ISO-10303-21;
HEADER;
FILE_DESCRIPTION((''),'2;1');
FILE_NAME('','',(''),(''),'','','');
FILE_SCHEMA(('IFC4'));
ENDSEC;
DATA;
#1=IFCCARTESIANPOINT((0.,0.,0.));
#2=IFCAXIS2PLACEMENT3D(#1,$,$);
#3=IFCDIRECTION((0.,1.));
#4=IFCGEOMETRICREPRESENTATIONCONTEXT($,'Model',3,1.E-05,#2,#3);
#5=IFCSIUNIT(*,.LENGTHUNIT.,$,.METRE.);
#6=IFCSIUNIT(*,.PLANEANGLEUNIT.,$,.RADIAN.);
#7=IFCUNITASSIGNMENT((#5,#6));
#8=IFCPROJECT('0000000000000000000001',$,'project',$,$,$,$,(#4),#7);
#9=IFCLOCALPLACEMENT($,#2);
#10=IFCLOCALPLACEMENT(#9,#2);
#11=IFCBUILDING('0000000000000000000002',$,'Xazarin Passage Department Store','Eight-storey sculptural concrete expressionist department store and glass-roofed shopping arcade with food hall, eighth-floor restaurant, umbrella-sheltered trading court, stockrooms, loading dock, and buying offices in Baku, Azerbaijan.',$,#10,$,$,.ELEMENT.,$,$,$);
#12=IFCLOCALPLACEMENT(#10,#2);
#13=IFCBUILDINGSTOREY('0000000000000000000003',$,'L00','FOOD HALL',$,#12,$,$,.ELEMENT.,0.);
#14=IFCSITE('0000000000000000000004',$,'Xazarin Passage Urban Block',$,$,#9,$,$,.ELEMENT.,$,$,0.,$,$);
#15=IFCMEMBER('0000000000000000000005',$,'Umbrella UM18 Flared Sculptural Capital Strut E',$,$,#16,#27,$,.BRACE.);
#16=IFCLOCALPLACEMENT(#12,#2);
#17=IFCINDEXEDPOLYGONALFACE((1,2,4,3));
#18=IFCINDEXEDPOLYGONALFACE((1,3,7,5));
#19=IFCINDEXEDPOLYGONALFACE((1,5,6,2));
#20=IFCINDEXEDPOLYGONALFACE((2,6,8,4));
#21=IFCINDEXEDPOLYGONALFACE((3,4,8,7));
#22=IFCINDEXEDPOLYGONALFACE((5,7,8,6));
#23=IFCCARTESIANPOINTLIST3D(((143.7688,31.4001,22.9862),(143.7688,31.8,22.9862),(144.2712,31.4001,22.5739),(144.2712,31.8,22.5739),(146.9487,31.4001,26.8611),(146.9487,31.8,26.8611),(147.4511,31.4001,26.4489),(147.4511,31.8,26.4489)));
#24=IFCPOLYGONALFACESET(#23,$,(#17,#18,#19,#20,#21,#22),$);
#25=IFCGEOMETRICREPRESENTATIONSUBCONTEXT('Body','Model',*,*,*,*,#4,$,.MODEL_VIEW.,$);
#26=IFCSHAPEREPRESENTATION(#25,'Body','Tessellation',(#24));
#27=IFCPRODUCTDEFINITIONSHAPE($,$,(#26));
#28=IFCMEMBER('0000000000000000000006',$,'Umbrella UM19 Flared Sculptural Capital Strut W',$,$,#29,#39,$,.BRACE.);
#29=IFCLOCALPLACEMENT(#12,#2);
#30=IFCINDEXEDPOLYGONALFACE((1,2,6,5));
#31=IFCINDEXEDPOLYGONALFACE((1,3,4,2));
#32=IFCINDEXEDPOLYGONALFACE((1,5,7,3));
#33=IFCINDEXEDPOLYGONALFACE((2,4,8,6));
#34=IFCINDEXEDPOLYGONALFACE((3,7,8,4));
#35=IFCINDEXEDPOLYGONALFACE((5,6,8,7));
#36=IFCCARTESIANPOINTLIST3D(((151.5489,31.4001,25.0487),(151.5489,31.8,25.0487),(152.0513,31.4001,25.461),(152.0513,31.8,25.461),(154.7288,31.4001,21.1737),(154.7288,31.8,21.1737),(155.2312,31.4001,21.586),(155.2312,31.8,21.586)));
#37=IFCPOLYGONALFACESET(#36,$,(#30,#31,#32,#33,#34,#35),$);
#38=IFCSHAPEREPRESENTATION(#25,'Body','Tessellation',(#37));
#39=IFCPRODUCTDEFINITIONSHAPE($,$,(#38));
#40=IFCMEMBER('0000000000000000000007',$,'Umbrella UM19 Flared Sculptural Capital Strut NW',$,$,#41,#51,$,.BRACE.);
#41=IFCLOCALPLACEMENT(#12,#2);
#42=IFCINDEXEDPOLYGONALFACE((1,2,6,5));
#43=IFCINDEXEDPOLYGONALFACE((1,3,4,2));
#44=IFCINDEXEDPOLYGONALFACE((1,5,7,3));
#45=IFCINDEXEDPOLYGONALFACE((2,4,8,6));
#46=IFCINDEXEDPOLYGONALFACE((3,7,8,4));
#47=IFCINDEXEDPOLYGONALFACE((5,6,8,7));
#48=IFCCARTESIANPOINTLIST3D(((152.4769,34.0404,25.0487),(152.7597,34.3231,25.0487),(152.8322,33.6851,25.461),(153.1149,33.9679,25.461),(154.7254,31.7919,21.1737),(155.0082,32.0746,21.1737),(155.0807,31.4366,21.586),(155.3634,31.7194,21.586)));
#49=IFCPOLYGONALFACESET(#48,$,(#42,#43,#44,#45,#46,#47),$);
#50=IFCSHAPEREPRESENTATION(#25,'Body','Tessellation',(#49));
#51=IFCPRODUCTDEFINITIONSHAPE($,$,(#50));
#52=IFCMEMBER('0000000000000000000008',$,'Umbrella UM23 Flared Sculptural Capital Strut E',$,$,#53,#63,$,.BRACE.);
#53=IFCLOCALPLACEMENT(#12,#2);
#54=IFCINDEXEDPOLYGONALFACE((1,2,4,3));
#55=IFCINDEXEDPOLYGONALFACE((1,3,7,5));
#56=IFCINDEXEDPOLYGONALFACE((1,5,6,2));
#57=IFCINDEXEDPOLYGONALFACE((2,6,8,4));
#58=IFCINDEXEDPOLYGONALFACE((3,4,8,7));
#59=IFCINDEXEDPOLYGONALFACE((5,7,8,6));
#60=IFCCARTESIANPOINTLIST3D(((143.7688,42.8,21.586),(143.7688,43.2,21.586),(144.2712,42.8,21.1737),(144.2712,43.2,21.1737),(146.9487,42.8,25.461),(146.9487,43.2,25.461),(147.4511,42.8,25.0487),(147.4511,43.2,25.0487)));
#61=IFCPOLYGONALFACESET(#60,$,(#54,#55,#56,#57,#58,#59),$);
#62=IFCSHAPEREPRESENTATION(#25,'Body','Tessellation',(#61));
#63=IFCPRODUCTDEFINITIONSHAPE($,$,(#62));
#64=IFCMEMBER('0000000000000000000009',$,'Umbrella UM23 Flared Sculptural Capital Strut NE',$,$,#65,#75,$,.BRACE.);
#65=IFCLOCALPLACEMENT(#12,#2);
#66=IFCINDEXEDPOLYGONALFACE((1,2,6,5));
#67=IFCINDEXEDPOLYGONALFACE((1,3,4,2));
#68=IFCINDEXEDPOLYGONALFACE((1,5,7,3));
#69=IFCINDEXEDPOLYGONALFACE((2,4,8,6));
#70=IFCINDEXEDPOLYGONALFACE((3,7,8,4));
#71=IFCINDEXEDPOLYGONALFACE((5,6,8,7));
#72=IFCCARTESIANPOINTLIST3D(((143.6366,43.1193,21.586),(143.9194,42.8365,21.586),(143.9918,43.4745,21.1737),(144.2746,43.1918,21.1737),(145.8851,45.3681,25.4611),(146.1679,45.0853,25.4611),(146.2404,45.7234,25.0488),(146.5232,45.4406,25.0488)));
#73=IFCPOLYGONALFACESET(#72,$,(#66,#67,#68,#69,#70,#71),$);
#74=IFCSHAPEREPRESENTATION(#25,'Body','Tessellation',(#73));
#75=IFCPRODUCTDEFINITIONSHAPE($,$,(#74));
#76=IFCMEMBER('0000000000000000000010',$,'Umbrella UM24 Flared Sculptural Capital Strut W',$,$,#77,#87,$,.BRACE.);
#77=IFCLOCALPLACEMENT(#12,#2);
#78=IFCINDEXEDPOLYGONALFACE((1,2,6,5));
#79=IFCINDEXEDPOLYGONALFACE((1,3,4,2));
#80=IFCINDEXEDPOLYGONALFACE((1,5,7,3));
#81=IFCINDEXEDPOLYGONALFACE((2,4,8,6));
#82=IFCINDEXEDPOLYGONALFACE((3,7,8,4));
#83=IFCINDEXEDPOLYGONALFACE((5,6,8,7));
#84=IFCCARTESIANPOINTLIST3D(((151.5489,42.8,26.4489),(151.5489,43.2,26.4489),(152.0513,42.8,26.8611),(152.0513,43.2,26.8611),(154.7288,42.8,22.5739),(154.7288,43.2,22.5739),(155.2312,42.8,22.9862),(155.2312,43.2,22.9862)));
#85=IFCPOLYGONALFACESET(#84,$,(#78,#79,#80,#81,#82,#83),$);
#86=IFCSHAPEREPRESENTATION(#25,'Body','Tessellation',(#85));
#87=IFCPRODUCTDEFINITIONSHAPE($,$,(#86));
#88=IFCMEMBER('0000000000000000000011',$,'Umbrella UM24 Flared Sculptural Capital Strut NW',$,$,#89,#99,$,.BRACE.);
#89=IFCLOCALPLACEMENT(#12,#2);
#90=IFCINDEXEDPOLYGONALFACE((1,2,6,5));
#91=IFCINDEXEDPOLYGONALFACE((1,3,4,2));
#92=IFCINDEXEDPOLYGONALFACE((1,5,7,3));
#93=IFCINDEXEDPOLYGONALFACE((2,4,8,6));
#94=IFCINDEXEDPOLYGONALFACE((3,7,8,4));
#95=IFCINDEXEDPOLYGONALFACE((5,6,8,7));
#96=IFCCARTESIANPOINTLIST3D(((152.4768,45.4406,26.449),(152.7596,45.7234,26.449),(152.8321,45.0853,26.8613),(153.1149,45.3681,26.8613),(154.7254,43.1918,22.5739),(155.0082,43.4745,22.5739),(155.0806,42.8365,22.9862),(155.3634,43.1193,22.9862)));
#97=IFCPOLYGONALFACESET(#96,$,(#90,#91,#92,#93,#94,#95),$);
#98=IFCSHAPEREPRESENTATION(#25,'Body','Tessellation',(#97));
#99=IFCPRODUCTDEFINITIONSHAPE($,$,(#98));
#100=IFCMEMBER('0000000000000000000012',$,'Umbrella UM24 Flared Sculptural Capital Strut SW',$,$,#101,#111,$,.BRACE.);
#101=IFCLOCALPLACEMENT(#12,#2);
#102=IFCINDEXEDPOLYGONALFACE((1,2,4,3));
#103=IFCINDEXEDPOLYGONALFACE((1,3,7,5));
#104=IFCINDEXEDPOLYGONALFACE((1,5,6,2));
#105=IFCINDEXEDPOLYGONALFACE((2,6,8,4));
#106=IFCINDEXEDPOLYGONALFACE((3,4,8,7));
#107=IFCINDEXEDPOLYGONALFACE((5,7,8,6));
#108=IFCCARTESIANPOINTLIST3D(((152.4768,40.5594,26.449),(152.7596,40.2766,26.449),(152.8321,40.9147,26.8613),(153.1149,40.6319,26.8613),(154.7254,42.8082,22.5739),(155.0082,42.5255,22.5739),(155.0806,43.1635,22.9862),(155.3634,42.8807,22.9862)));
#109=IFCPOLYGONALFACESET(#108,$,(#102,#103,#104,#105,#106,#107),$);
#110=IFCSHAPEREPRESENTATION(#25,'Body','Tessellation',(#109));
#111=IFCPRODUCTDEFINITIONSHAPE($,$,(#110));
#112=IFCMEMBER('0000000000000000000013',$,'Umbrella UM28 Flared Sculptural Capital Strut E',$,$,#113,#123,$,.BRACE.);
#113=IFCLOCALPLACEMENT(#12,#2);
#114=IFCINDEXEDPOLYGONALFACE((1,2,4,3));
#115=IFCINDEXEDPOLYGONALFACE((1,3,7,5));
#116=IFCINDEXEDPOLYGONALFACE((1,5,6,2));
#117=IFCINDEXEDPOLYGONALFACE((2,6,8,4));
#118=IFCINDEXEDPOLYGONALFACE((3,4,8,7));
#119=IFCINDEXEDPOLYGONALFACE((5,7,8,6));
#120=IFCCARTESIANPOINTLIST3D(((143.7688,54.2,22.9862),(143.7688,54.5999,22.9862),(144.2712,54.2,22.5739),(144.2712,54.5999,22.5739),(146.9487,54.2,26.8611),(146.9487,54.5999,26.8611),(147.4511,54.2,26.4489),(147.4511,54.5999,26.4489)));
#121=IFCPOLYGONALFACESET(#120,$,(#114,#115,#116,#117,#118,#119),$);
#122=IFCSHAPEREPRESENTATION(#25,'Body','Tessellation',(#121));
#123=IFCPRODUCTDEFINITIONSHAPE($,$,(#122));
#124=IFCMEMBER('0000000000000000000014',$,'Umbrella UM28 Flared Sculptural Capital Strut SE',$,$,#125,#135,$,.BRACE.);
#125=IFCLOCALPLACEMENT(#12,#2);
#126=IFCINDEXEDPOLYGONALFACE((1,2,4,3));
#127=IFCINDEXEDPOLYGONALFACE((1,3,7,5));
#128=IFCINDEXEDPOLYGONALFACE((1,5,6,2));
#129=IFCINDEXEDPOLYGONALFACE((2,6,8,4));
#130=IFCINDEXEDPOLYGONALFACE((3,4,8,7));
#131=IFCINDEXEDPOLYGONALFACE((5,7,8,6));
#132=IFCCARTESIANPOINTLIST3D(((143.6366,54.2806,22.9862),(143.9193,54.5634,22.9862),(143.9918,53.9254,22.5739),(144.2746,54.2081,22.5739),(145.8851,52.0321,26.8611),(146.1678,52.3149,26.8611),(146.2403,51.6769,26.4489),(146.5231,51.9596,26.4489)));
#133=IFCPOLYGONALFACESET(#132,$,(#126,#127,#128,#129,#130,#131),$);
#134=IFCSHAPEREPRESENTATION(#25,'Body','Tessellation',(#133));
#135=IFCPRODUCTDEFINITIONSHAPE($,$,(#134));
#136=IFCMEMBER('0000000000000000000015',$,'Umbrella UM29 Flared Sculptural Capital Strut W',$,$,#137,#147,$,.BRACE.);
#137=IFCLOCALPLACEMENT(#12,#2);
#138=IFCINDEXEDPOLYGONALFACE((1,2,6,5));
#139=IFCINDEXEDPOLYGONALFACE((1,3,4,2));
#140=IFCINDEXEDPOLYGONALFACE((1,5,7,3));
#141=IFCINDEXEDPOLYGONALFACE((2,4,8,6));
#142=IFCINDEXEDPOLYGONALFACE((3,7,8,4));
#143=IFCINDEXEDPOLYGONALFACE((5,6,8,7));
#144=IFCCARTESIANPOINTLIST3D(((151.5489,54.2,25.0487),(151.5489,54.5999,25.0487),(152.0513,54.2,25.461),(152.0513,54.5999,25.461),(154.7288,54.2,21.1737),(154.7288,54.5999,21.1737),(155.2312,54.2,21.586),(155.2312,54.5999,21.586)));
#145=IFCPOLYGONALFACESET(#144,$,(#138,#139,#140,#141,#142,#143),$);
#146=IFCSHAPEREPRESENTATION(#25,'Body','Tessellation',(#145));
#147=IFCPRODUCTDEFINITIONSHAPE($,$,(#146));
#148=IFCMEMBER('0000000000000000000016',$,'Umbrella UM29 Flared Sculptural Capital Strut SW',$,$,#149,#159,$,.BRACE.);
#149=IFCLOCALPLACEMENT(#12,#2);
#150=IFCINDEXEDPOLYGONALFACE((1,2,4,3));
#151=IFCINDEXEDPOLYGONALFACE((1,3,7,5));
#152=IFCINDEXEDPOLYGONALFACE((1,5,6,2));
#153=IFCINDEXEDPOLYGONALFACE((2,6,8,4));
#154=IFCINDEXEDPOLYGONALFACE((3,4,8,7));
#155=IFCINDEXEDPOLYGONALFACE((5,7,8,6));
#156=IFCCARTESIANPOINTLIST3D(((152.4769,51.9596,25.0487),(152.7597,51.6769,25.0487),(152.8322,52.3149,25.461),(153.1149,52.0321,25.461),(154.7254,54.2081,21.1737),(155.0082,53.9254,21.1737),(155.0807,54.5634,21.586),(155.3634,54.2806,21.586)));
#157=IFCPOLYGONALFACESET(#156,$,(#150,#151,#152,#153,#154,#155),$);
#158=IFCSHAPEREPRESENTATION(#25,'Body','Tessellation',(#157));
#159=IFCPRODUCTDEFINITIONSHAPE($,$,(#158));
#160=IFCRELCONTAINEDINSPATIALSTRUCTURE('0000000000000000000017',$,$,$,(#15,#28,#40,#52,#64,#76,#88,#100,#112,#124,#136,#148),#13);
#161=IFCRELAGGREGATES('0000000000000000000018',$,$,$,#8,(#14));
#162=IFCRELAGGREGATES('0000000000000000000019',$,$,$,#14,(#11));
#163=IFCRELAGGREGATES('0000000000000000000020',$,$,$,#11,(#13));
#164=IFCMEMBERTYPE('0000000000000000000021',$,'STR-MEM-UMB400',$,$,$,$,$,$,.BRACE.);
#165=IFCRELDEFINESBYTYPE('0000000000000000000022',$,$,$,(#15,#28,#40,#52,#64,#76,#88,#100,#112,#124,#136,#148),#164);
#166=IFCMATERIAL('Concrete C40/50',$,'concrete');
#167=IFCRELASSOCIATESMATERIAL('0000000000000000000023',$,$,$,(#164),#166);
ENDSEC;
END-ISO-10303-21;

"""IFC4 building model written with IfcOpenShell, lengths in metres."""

from ifc_helpers import new_model, si_unit, direction, frame, origin, origin_2d, place, context, subcontext, project, spatial, rectangle, extrude, material, material_profile, profile_set, type_object, element, save


model = new_model("IFC4")

# Units and contexts
model_context = context("Model", 3, precision=1e-05, world=origin(), true_north=direction((0.0, 1.0)))
body_context = subcontext(model_context, "Body", "Model", "MODEL_VIEW")
ifc_project = project(units=[si_unit("LENGTHUNIT", "METRE"), si_unit("PLANEANGLEUNIT", "RADIAN")], contexts=[model_context])

# Site, building, storey
site_placement = place(None, origin())
site = spatial("IfcSite", under=ifc_project, at=site_placement, Name="Xazarin Passage Urban Block", CompositionType="ELEMENT", RefElevation=0.0)
building_placement = place(site_placement, origin())
building = spatial("IfcBuilding", under=site, at=building_placement, Name="Xazarin Passage Department Store", Description="Eight-storey sculptural concrete expressionist department store and glass-roofed shopping arcade with food hall, eighth-floor restaurant, umbrella-sheltered trading court, stockrooms, loading dock, and buying offices in Baku, Azerbaijan.", CompositionType="ELEMENT")
storey_placement = place(building_placement, origin())
storey = spatial("IfcBuildingStorey", under=building, at=storey_placement, Name="L00", Description="FOOD HALL", CompositionType="ELEMENT", Elevation=0.0)

# Shared definitions
ifc_material_1 = material(Name="Concrete C40/50", Category="concrete")

# Members
ifc_material_profile_1 = material_profile(ifc_material_1, rectangle(XDim=0.3999, YDim=0.6499, at=origin_2d()), Name="RC 400x650")
ifc_profile_set_1 = profile_set([ifc_material_profile_1], Name="Concrete C40/50")
member_type = type_object("IfcMemberType", Name="STR-MEM-UMB400", PredefinedType="BRACE", material=ifc_profile_set_1)
for number, where, z_axis, x_axis, name in (
    (1, (144.02, 31.6001, 22.78), (0.63437, 0.0, 0.77303), (0.0, 1.0, 0.0), "Umbrella UM18 Flared Sculptural Capital Strut E"),
    (2, (154.98, 31.6001, 21.3799), (-0.63437, 0.0, 0.77303), (0.0, -1.0, 0.0), "Umbrella UM19 Flared Sculptural Capital Strut W"),
    (3, (155.0444, 31.7556, 21.3799), (-0.448565, 0.448565, 0.773032), (-0.707107, -0.707107, 0.0), "Umbrella UM19 Flared Sculptural Capital Strut NW"),
    (4, (144.02, 43.0, 21.3799), (0.63437, 0.0, 0.77303), (0.0, 1.0, 0.0), "Umbrella UM23 Flared Sculptural Capital Strut E"),
):
    element("IfcMember", number, at=place(storey_placement, frame(where, z_axis=z_axis, x_axis=x_axis)), inside=storey, type_object=member_type, Name=name, PredefinedType="BRACE", context=body_context, shape_type="SweptSolid", body=[
        extrude(rectangle(XDim=0.3999, YDim=0.6499, at=origin_2d()), origin(), (0.0, 0.0, 1.0), 5.0127),
    ])
member_1_placement = place(storey_placement, frame((143.9556, 43.1555, 21.3799), z_axis=(0.448555, 0.448604, 0.773015), x_axis=(-0.707145, 0.707068, 0.0)))
element("IfcMember", 5, at=member_1_placement, inside=storey, type_object=member_type, Name="Umbrella UM23 Flared Sculptural Capital Strut NE", PredefinedType="BRACE", context=body_context, shape_type="SweptSolid", body=[
    extrude(rectangle(XDim=0.3999, YDim=0.6499, at=origin_2d()), origin(), (0.0, 0.0, 1.0), 5.0129),
])
member_2_placement = place(storey_placement, frame((154.98, 43.0, 22.78), z_axis=(-0.63437, 0.0, 0.77303), x_axis=(0.0, -1.0, 0.0)))
element("IfcMember", 6, at=member_2_placement, inside=storey, type_object=member_type, Name="Umbrella UM24 Flared Sculptural Capital Strut W", PredefinedType="BRACE", context=body_context, shape_type="SweptSolid", body=[
    extrude(rectangle(XDim=0.3999, YDim=0.6499, at=origin_2d()), origin(), (0.0, 0.0, 1.0), 5.0127),
])
for number, where, z_axis, x_axis, name in (
    (7, (155.0444, 43.1555, 22.78), (-0.448555, 0.448604, 0.773015), (-0.707145, -0.707068, 0.0), "Umbrella UM24 Flared Sculptural Capital Strut NW"),
    (8, (155.0444, 42.8445, 22.78), (-0.448555, -0.448604, 0.773015), (0.707145, -0.707068, 0.0), "Umbrella UM24 Flared Sculptural Capital Strut SW"),
):
    element("IfcMember", number, at=place(storey_placement, frame(where, z_axis=z_axis, x_axis=x_axis)), inside=storey, type_object=member_type, Name=name, PredefinedType="BRACE", context=body_context, shape_type="SweptSolid", body=[
        extrude(rectangle(XDim=0.3999, YDim=0.6499, at=origin_2d()), origin(), (0.0, 0.0, 1.0), 5.0129),
    ])
for number, where, z_axis, x_axis, name in (
    (9, (144.02, 54.3999, 22.78), (0.63437, 0.0, 0.77303), (0.0, 1.0, 0.0), "Umbrella UM28 Flared Sculptural Capital Strut E"),
    (10, (143.9556, 54.2444, 22.78), (0.448565, -0.448565, 0.773032), (0.707107, 0.707107, 0.0), "Umbrella UM28 Flared Sculptural Capital Strut SE"),
    (11, (154.98, 54.3999, 21.3799), (-0.63437, 0.0, 0.77303), (0.0, -1.0, 0.0), "Umbrella UM29 Flared Sculptural Capital Strut W"),
    (12, (155.0444, 54.2444, 21.3799), (-0.448565, -0.448565, 0.773032), (0.707107, -0.707107, 0.0), "Umbrella UM29 Flared Sculptural Capital Strut SW"),
):
    element("IfcMember", number, at=place(storey_placement, frame(where, z_axis=z_axis, x_axis=x_axis)), inside=storey, type_object=member_type, Name=name, PredefinedType="BRACE", context=body_context, shape_type="SweptSolid", body=[
        extrude(rectangle(XDim=0.3999, YDim=0.6499, at=origin_2d()), origin(), (0.0, 0.0, 1.0), 5.0127),
    ])

save(model, "model.ifc")
